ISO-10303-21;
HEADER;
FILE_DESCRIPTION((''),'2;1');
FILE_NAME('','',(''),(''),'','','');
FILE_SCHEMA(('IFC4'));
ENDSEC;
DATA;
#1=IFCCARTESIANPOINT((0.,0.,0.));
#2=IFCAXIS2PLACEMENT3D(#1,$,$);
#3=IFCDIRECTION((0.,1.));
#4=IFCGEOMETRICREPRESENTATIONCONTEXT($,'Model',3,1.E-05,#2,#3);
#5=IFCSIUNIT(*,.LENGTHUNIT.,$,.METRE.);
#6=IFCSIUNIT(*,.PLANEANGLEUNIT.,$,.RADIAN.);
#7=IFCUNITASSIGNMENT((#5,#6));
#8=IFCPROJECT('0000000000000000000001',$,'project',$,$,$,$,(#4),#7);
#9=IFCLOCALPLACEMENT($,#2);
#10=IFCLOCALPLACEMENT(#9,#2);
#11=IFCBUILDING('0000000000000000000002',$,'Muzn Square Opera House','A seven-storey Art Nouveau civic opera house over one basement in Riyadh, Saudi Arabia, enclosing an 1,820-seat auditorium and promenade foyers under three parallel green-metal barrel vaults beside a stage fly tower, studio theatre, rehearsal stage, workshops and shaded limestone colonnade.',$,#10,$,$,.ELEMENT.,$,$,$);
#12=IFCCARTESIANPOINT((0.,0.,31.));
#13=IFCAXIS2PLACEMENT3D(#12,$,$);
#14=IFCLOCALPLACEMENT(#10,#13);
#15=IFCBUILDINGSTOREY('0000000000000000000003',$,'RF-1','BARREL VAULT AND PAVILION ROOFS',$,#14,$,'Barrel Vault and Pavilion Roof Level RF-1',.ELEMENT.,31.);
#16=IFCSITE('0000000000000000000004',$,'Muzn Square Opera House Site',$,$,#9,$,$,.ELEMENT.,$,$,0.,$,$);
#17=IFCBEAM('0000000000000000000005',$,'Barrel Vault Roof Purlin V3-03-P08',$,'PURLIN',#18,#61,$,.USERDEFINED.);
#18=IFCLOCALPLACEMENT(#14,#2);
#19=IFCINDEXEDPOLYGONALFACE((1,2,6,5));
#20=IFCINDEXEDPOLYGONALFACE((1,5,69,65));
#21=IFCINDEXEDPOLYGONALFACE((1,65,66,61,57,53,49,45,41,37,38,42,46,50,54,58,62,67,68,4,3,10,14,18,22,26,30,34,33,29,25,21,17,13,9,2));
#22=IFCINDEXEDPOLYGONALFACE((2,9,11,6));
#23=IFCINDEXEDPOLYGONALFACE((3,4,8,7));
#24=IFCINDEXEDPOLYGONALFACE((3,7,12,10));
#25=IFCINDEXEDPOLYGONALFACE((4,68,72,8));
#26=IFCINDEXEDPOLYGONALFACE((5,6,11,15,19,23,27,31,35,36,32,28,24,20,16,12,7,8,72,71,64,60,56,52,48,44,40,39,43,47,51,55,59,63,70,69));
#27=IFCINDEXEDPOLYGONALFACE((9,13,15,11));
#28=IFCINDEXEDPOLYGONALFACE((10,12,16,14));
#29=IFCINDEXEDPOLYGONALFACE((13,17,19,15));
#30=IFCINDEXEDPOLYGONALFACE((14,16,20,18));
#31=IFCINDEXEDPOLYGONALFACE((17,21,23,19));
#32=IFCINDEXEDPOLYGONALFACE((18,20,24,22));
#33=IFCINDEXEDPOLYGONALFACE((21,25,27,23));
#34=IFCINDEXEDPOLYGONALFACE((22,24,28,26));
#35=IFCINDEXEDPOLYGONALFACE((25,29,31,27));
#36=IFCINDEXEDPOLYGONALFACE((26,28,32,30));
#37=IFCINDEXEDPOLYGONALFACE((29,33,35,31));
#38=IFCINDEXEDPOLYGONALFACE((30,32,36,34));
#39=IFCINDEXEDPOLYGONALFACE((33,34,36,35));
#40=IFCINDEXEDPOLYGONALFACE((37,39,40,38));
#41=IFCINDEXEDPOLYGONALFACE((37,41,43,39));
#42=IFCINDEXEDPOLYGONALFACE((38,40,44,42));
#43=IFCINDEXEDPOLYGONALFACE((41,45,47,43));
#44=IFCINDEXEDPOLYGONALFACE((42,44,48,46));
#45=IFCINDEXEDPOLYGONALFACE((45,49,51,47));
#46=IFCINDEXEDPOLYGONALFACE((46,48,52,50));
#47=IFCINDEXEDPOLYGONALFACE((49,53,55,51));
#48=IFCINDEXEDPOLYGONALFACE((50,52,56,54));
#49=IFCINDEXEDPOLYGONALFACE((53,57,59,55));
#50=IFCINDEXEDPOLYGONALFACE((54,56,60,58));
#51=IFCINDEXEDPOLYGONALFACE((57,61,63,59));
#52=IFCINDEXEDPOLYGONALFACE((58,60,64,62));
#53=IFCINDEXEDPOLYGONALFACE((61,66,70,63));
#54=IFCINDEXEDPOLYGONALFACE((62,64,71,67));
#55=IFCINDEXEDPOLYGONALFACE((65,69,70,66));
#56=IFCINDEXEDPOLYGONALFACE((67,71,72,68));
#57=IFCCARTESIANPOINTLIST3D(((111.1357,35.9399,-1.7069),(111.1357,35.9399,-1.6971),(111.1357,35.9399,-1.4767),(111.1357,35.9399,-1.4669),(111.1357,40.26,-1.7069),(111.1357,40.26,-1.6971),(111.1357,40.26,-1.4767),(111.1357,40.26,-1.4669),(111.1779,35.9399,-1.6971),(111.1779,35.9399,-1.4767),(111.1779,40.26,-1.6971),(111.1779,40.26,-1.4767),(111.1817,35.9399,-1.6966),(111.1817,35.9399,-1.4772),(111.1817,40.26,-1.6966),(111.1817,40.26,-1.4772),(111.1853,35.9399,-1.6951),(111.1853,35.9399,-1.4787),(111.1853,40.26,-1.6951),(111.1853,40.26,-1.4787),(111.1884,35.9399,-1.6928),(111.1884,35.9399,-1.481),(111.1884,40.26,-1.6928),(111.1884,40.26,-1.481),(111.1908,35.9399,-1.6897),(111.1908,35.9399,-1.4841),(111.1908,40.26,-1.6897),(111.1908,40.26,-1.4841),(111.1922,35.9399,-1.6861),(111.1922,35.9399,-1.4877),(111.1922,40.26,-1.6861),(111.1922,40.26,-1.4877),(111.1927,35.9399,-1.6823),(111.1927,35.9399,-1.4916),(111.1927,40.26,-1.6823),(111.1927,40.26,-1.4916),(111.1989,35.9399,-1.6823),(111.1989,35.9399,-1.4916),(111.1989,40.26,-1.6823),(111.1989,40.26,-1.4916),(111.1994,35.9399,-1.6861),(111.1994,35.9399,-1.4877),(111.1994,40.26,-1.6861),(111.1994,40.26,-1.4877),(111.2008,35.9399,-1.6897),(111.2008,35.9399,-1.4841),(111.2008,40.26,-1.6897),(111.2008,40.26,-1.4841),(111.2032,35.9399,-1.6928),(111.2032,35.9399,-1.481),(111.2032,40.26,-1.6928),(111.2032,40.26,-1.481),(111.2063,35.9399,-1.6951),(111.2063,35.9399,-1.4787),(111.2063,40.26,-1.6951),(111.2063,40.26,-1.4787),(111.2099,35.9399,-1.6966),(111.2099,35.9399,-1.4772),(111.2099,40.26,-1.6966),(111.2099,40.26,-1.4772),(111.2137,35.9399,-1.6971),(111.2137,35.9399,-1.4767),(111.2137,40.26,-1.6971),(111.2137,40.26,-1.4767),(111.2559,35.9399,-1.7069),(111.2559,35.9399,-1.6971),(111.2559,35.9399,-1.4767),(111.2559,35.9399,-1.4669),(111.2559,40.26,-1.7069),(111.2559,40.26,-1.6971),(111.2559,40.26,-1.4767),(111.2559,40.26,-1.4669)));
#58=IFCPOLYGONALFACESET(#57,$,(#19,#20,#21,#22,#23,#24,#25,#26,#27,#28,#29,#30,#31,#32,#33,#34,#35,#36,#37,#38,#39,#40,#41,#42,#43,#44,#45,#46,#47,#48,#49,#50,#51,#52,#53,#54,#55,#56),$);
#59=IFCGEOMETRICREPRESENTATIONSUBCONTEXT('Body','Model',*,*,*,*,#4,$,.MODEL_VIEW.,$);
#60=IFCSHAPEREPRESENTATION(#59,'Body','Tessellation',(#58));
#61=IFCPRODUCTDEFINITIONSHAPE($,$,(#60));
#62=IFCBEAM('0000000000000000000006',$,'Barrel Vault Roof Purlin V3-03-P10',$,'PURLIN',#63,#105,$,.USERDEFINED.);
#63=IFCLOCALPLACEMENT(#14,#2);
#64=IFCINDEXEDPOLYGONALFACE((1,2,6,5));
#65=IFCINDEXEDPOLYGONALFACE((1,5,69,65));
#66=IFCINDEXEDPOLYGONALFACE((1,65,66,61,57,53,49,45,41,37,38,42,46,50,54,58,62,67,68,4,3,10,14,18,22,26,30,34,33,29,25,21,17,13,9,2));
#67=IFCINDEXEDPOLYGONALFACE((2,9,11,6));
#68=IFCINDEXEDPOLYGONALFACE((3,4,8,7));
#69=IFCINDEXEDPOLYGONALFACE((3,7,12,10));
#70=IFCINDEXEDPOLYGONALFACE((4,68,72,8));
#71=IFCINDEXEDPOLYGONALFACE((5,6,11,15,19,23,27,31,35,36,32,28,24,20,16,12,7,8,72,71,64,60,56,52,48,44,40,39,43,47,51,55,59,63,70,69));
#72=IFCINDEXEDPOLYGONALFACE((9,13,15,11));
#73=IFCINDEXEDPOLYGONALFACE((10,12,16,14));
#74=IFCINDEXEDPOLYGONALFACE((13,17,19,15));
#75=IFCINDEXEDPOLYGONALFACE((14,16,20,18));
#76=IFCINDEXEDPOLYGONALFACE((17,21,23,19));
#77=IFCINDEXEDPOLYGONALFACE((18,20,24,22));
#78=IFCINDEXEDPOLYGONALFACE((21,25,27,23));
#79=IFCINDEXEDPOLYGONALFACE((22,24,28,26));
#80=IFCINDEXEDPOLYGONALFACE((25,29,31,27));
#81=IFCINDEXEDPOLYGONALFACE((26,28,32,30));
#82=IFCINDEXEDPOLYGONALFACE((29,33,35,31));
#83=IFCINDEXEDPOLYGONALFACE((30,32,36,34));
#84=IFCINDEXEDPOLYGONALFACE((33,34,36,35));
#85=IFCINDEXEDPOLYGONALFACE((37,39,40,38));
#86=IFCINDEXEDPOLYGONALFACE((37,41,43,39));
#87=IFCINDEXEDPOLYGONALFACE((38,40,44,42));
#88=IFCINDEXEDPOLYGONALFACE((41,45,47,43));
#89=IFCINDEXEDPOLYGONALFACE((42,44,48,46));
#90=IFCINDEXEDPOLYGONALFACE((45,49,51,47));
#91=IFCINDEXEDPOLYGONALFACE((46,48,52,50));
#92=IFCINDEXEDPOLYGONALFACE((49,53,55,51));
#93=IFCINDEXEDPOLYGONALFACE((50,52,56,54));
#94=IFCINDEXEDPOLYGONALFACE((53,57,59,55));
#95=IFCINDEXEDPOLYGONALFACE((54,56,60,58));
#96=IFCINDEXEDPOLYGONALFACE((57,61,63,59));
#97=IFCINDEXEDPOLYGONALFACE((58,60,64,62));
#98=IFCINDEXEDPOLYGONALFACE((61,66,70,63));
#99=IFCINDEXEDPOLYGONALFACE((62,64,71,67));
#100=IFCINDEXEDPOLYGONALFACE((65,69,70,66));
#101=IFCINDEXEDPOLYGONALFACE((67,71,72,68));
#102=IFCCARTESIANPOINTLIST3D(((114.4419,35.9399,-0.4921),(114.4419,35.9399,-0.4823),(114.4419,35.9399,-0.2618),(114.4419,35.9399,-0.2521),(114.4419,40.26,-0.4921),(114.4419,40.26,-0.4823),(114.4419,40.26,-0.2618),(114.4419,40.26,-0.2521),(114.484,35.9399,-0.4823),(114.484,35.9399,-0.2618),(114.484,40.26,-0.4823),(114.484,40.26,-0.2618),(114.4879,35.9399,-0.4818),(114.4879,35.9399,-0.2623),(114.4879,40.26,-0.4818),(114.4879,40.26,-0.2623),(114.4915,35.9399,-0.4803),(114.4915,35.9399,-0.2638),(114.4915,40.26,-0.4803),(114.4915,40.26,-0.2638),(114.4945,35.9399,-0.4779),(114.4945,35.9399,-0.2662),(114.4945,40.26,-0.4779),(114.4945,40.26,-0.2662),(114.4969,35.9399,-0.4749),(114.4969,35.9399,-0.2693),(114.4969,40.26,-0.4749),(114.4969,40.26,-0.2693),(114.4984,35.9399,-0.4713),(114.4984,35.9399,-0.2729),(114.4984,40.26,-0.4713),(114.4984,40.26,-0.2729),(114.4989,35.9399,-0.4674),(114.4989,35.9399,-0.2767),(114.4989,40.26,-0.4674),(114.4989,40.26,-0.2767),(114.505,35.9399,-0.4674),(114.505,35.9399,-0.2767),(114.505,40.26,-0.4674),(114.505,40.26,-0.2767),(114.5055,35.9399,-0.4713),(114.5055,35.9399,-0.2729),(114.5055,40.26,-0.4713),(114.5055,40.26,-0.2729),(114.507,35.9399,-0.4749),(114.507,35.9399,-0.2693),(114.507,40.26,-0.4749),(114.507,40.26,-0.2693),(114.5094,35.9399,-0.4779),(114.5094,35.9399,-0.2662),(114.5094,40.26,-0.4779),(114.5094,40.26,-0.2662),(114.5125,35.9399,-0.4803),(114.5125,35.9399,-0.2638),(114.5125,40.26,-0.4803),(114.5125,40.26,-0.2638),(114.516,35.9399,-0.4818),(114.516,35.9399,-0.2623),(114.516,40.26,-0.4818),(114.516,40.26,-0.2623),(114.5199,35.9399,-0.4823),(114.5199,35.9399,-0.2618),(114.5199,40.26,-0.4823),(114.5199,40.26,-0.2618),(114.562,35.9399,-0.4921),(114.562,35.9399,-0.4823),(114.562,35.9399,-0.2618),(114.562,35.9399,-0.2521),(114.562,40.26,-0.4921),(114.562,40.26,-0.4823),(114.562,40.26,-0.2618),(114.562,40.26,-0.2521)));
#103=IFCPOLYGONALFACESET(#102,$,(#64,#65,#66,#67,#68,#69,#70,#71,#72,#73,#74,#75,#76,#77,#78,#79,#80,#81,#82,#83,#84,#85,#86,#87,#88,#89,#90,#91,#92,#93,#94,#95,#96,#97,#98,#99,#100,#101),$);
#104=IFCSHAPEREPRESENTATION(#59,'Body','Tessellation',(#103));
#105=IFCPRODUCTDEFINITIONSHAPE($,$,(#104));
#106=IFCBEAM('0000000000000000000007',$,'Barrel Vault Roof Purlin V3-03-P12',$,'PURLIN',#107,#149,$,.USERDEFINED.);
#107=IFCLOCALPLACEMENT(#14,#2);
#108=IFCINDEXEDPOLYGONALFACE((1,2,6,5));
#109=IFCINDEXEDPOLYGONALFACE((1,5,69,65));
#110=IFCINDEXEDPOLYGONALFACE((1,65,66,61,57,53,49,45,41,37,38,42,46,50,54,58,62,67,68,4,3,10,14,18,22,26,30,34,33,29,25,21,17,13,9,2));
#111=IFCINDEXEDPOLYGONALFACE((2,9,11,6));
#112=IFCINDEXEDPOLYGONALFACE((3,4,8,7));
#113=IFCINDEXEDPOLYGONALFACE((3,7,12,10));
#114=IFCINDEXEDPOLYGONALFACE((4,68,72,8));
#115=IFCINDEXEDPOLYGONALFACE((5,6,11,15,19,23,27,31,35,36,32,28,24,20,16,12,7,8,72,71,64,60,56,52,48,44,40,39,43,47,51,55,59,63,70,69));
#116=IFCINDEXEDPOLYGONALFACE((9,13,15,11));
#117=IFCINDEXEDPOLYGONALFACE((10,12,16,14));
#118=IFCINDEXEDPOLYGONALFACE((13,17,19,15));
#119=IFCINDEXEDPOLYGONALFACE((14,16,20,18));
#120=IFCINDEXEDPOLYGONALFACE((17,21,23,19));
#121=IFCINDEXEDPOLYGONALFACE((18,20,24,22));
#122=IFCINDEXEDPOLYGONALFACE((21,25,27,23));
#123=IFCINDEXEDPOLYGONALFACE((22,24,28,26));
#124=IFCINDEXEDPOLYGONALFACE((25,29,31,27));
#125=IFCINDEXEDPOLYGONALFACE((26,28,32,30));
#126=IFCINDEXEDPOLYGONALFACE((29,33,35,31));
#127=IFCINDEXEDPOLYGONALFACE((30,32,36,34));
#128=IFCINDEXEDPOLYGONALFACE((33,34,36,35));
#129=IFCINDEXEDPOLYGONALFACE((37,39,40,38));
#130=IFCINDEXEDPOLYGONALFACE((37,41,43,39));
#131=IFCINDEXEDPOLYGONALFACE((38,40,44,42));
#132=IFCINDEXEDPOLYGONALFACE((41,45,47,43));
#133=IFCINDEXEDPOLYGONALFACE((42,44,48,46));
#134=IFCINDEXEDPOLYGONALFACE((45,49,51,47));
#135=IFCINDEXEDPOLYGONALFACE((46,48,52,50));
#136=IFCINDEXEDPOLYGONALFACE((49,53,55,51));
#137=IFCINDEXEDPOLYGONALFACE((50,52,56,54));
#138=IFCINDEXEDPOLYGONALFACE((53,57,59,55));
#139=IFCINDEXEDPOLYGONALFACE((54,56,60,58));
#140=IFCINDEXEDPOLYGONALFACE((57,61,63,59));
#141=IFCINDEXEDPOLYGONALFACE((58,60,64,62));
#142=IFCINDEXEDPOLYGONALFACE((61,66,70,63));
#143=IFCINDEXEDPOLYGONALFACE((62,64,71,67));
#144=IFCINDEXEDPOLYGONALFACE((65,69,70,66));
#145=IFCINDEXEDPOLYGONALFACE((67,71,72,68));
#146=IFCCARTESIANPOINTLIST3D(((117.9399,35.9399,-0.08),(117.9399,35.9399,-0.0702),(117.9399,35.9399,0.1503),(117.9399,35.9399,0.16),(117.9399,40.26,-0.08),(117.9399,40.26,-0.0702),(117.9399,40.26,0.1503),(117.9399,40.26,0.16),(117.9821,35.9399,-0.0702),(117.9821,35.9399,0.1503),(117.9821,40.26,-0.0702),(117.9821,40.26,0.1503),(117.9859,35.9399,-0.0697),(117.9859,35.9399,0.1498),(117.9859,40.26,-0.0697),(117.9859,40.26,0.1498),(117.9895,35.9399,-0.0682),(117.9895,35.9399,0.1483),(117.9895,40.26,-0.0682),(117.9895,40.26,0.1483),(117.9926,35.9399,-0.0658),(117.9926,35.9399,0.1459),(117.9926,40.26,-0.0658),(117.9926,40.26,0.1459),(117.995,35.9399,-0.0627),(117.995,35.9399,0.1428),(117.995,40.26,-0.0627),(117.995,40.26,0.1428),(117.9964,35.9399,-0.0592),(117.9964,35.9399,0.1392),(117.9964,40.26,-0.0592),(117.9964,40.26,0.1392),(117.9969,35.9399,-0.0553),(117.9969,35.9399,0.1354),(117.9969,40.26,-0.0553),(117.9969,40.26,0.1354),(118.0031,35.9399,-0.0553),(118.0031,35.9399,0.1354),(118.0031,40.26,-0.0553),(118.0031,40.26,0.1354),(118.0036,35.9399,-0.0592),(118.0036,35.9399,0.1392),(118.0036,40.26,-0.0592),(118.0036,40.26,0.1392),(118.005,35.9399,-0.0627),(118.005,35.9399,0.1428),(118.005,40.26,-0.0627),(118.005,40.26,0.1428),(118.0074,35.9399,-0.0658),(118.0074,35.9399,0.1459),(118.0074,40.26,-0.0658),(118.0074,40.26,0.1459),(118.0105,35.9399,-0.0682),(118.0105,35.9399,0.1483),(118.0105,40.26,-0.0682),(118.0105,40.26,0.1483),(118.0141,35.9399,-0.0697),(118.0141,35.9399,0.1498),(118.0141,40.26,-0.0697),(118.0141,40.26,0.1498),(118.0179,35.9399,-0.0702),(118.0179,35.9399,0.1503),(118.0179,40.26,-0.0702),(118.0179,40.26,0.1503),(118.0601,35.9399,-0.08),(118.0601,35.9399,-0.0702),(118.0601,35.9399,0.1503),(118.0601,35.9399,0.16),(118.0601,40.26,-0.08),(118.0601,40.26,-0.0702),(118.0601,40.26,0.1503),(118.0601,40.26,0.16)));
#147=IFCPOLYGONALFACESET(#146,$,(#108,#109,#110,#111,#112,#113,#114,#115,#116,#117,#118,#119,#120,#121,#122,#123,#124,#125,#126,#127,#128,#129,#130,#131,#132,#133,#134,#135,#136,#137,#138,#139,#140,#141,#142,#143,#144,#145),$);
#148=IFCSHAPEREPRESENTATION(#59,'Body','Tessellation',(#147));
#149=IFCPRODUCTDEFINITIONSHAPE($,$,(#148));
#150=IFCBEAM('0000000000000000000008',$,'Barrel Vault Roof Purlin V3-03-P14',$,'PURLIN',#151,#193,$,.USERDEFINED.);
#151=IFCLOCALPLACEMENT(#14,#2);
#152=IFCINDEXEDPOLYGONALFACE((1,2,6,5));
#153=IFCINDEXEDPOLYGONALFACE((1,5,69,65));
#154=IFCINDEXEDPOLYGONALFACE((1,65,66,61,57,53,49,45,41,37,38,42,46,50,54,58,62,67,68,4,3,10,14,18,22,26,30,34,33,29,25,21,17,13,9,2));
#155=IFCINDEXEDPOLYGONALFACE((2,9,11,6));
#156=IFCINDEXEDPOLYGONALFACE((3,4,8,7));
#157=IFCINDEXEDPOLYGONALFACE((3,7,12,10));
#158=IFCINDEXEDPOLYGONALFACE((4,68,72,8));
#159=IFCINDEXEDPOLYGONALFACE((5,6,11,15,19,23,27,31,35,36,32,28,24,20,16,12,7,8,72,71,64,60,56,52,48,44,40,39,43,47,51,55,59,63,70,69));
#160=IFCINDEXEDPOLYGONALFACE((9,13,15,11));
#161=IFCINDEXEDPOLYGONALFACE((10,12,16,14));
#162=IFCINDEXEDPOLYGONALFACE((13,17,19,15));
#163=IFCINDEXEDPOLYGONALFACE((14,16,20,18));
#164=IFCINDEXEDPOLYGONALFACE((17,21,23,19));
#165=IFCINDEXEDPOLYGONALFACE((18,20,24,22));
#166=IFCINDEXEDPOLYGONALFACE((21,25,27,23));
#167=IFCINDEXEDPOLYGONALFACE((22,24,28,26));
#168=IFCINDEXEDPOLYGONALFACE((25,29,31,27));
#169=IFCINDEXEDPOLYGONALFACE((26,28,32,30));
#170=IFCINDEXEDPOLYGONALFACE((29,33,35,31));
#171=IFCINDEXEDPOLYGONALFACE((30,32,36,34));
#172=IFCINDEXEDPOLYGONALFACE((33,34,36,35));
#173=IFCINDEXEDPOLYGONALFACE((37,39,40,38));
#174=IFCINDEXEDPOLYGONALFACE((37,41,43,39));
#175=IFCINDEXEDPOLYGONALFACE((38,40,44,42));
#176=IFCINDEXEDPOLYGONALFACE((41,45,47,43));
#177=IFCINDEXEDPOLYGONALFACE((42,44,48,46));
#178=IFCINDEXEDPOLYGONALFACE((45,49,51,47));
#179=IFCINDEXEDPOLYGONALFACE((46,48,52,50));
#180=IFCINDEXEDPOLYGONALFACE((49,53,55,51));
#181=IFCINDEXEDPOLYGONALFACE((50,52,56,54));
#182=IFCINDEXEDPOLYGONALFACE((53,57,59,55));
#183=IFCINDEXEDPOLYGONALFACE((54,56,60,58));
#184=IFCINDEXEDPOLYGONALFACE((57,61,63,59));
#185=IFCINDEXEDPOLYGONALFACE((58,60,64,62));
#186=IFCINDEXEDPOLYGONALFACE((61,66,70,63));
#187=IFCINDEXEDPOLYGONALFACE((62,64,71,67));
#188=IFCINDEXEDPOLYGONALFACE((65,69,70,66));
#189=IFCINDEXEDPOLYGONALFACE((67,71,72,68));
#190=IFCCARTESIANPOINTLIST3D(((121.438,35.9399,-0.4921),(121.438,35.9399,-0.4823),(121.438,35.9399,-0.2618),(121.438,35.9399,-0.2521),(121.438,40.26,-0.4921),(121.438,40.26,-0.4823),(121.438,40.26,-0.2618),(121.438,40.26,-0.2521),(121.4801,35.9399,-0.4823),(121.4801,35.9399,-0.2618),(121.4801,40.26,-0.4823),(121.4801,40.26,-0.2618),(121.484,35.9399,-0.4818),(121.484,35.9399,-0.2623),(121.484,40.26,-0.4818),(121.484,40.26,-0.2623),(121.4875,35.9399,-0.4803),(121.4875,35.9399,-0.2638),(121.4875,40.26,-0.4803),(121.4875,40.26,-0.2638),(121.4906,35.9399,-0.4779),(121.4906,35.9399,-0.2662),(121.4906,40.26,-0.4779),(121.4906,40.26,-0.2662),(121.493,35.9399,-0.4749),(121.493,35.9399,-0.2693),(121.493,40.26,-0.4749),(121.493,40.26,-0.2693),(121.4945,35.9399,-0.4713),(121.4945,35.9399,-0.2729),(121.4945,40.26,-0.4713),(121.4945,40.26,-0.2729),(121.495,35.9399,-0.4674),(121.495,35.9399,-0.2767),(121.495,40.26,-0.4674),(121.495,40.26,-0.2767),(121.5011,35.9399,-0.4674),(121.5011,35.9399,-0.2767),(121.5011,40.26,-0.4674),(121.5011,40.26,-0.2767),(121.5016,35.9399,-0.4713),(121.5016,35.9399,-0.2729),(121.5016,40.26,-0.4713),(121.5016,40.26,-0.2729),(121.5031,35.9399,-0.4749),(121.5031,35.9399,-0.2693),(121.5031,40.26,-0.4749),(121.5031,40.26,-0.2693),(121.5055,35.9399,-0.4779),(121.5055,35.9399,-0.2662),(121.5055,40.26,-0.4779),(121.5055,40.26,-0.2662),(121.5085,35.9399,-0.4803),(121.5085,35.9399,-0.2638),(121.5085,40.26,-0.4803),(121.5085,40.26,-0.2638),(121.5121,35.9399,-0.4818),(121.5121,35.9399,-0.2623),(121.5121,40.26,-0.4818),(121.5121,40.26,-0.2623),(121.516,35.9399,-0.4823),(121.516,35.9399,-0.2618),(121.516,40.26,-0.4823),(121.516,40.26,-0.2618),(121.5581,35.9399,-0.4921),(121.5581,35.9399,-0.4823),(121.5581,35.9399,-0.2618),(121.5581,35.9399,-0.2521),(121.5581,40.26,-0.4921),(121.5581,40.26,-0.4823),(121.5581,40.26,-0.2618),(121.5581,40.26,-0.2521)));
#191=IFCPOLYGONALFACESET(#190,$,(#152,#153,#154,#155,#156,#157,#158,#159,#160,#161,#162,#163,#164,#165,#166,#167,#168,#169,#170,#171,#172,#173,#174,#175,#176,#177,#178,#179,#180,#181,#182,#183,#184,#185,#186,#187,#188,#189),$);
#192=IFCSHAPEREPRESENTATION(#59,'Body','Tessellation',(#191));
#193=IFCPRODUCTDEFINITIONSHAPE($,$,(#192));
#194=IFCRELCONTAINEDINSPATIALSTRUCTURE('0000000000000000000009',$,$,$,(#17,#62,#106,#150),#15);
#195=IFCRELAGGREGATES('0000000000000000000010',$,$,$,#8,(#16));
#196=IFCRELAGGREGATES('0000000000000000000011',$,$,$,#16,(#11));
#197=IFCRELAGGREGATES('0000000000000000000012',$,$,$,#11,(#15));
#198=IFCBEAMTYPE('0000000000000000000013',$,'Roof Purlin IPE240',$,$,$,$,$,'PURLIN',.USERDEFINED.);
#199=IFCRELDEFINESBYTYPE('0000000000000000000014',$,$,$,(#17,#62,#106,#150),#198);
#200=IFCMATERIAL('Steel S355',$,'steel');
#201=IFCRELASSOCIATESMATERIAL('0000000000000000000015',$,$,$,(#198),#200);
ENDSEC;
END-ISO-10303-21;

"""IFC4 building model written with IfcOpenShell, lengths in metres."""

from ifc_helpers import new_model, si_unit, direction, frame, origin, origin_2d, place, context, subcontext, project, spatial, i_section, extrude, material, material_profile, profile_set, type_object, element, save


model = new_model("IFC4")

# Units and contexts
model_context = context("Model", 3, precision=1e-05, world=origin(), true_north=direction((0.0, 1.0)))
body_context = subcontext(model_context, "Body", "Model", "MODEL_VIEW")
ifc_project = project(units=[si_unit("LENGTHUNIT", "METRE"), si_unit("PLANEANGLEUNIT", "RADIAN")], contexts=[model_context])

# Site, building, storey
site_placement = place(None, origin())
site = spatial("IfcSite", under=ifc_project, at=site_placement, Name="Muzn Square Opera House Site", CompositionType="ELEMENT", RefElevation=0.0)
building_placement = place(site_placement, origin())
building = spatial("IfcBuilding", under=site, at=building_placement, Name="Muzn Square Opera House", Description="A seven-storey Art Nouveau civic opera house over one basement in Riyadh, Saudi Arabia, enclosing an 1,820-seat auditorium and promenade foyers under three parallel green-metal barrel vaults beside a stage fly tower, studio theatre, rehearsal stage, workshops and shaded limestone colonnade.", CompositionType="ELEMENT")
storey_placement = place(building_placement, frame((0.0, 0.0, 31.0)))
storey = spatial("IfcBuildingStorey", under=building, at=storey_placement, Name="RF-1", Description="BARREL VAULT AND PAVILION ROOFS", LongName="Barrel Vault and Pavilion Roof Level RF-1", CompositionType="ELEMENT", Elevation=31.0)

# Beams
ifc_material_1 = material(Name="Steel S355", Category="steel")
ifc_material_profile_1 = material_profile(ifc_material_1, i_section(OverallWidth=0.1201, OverallDepth=0.24, WebThickness=0.0061, FlangeThickness=0.0098, FilletRadius=0.0149, at=origin_2d()), Name="IPE 240", Category="steel")
ifc_profile_set_1 = profile_set([ifc_material_profile_1], Name="Steel S355")
beam_type_1 = type_object("IfcBeamType", Name="Roof Purlin IPE240", ElementType="PURLIN", PredefinedType="USERDEFINED", material=ifc_profile_set_1)
for number, where, z_axis, x_axis, name in (
    (1, (111.1958, 35.9399, -1.5869), (0.0, 1.0, 0.0), (-1.0, 0.0, 0.0), "Barrel Vault Roof Purlin V3-03-P08"),
    (2, (114.502, 35.9399, -0.3721), (0.0, 1.0, 0.0), (-1.0, 0.0, 0.0), "Barrel Vault Roof Purlin V3-03-P10"),
    (3, (118.0, 35.9399, 0.04), (0.0, 1.0, 0.0), (-1.0, 0.0, 0.0), "Barrel Vault Roof Purlin V3-03-P12"),
    (4, (121.498, 35.9399, -0.3721), (0.0, 1.0, 0.0), (-1.0, 0.0, 0.0), "Barrel Vault Roof Purlin V3-03-P14"),
):
    element("IfcBeam", number, at=place(storey_placement, frame(where, z_axis=z_axis, x_axis=x_axis)), inside=storey, type_object=beam_type_1, Name=name, ObjectType="PURLIN", PredefinedType="USERDEFINED", context=body_context, shape_type="SweptSolid", body=[
        extrude(i_section(OverallWidth=0.1201, OverallDepth=0.24, WebThickness=0.0061, FlangeThickness=0.0098, FilletRadius=0.0149, at=origin_2d()), origin(), (0.0, 0.0, 1.0), 4.3201),
    ])

save(model, "model.ifc")
